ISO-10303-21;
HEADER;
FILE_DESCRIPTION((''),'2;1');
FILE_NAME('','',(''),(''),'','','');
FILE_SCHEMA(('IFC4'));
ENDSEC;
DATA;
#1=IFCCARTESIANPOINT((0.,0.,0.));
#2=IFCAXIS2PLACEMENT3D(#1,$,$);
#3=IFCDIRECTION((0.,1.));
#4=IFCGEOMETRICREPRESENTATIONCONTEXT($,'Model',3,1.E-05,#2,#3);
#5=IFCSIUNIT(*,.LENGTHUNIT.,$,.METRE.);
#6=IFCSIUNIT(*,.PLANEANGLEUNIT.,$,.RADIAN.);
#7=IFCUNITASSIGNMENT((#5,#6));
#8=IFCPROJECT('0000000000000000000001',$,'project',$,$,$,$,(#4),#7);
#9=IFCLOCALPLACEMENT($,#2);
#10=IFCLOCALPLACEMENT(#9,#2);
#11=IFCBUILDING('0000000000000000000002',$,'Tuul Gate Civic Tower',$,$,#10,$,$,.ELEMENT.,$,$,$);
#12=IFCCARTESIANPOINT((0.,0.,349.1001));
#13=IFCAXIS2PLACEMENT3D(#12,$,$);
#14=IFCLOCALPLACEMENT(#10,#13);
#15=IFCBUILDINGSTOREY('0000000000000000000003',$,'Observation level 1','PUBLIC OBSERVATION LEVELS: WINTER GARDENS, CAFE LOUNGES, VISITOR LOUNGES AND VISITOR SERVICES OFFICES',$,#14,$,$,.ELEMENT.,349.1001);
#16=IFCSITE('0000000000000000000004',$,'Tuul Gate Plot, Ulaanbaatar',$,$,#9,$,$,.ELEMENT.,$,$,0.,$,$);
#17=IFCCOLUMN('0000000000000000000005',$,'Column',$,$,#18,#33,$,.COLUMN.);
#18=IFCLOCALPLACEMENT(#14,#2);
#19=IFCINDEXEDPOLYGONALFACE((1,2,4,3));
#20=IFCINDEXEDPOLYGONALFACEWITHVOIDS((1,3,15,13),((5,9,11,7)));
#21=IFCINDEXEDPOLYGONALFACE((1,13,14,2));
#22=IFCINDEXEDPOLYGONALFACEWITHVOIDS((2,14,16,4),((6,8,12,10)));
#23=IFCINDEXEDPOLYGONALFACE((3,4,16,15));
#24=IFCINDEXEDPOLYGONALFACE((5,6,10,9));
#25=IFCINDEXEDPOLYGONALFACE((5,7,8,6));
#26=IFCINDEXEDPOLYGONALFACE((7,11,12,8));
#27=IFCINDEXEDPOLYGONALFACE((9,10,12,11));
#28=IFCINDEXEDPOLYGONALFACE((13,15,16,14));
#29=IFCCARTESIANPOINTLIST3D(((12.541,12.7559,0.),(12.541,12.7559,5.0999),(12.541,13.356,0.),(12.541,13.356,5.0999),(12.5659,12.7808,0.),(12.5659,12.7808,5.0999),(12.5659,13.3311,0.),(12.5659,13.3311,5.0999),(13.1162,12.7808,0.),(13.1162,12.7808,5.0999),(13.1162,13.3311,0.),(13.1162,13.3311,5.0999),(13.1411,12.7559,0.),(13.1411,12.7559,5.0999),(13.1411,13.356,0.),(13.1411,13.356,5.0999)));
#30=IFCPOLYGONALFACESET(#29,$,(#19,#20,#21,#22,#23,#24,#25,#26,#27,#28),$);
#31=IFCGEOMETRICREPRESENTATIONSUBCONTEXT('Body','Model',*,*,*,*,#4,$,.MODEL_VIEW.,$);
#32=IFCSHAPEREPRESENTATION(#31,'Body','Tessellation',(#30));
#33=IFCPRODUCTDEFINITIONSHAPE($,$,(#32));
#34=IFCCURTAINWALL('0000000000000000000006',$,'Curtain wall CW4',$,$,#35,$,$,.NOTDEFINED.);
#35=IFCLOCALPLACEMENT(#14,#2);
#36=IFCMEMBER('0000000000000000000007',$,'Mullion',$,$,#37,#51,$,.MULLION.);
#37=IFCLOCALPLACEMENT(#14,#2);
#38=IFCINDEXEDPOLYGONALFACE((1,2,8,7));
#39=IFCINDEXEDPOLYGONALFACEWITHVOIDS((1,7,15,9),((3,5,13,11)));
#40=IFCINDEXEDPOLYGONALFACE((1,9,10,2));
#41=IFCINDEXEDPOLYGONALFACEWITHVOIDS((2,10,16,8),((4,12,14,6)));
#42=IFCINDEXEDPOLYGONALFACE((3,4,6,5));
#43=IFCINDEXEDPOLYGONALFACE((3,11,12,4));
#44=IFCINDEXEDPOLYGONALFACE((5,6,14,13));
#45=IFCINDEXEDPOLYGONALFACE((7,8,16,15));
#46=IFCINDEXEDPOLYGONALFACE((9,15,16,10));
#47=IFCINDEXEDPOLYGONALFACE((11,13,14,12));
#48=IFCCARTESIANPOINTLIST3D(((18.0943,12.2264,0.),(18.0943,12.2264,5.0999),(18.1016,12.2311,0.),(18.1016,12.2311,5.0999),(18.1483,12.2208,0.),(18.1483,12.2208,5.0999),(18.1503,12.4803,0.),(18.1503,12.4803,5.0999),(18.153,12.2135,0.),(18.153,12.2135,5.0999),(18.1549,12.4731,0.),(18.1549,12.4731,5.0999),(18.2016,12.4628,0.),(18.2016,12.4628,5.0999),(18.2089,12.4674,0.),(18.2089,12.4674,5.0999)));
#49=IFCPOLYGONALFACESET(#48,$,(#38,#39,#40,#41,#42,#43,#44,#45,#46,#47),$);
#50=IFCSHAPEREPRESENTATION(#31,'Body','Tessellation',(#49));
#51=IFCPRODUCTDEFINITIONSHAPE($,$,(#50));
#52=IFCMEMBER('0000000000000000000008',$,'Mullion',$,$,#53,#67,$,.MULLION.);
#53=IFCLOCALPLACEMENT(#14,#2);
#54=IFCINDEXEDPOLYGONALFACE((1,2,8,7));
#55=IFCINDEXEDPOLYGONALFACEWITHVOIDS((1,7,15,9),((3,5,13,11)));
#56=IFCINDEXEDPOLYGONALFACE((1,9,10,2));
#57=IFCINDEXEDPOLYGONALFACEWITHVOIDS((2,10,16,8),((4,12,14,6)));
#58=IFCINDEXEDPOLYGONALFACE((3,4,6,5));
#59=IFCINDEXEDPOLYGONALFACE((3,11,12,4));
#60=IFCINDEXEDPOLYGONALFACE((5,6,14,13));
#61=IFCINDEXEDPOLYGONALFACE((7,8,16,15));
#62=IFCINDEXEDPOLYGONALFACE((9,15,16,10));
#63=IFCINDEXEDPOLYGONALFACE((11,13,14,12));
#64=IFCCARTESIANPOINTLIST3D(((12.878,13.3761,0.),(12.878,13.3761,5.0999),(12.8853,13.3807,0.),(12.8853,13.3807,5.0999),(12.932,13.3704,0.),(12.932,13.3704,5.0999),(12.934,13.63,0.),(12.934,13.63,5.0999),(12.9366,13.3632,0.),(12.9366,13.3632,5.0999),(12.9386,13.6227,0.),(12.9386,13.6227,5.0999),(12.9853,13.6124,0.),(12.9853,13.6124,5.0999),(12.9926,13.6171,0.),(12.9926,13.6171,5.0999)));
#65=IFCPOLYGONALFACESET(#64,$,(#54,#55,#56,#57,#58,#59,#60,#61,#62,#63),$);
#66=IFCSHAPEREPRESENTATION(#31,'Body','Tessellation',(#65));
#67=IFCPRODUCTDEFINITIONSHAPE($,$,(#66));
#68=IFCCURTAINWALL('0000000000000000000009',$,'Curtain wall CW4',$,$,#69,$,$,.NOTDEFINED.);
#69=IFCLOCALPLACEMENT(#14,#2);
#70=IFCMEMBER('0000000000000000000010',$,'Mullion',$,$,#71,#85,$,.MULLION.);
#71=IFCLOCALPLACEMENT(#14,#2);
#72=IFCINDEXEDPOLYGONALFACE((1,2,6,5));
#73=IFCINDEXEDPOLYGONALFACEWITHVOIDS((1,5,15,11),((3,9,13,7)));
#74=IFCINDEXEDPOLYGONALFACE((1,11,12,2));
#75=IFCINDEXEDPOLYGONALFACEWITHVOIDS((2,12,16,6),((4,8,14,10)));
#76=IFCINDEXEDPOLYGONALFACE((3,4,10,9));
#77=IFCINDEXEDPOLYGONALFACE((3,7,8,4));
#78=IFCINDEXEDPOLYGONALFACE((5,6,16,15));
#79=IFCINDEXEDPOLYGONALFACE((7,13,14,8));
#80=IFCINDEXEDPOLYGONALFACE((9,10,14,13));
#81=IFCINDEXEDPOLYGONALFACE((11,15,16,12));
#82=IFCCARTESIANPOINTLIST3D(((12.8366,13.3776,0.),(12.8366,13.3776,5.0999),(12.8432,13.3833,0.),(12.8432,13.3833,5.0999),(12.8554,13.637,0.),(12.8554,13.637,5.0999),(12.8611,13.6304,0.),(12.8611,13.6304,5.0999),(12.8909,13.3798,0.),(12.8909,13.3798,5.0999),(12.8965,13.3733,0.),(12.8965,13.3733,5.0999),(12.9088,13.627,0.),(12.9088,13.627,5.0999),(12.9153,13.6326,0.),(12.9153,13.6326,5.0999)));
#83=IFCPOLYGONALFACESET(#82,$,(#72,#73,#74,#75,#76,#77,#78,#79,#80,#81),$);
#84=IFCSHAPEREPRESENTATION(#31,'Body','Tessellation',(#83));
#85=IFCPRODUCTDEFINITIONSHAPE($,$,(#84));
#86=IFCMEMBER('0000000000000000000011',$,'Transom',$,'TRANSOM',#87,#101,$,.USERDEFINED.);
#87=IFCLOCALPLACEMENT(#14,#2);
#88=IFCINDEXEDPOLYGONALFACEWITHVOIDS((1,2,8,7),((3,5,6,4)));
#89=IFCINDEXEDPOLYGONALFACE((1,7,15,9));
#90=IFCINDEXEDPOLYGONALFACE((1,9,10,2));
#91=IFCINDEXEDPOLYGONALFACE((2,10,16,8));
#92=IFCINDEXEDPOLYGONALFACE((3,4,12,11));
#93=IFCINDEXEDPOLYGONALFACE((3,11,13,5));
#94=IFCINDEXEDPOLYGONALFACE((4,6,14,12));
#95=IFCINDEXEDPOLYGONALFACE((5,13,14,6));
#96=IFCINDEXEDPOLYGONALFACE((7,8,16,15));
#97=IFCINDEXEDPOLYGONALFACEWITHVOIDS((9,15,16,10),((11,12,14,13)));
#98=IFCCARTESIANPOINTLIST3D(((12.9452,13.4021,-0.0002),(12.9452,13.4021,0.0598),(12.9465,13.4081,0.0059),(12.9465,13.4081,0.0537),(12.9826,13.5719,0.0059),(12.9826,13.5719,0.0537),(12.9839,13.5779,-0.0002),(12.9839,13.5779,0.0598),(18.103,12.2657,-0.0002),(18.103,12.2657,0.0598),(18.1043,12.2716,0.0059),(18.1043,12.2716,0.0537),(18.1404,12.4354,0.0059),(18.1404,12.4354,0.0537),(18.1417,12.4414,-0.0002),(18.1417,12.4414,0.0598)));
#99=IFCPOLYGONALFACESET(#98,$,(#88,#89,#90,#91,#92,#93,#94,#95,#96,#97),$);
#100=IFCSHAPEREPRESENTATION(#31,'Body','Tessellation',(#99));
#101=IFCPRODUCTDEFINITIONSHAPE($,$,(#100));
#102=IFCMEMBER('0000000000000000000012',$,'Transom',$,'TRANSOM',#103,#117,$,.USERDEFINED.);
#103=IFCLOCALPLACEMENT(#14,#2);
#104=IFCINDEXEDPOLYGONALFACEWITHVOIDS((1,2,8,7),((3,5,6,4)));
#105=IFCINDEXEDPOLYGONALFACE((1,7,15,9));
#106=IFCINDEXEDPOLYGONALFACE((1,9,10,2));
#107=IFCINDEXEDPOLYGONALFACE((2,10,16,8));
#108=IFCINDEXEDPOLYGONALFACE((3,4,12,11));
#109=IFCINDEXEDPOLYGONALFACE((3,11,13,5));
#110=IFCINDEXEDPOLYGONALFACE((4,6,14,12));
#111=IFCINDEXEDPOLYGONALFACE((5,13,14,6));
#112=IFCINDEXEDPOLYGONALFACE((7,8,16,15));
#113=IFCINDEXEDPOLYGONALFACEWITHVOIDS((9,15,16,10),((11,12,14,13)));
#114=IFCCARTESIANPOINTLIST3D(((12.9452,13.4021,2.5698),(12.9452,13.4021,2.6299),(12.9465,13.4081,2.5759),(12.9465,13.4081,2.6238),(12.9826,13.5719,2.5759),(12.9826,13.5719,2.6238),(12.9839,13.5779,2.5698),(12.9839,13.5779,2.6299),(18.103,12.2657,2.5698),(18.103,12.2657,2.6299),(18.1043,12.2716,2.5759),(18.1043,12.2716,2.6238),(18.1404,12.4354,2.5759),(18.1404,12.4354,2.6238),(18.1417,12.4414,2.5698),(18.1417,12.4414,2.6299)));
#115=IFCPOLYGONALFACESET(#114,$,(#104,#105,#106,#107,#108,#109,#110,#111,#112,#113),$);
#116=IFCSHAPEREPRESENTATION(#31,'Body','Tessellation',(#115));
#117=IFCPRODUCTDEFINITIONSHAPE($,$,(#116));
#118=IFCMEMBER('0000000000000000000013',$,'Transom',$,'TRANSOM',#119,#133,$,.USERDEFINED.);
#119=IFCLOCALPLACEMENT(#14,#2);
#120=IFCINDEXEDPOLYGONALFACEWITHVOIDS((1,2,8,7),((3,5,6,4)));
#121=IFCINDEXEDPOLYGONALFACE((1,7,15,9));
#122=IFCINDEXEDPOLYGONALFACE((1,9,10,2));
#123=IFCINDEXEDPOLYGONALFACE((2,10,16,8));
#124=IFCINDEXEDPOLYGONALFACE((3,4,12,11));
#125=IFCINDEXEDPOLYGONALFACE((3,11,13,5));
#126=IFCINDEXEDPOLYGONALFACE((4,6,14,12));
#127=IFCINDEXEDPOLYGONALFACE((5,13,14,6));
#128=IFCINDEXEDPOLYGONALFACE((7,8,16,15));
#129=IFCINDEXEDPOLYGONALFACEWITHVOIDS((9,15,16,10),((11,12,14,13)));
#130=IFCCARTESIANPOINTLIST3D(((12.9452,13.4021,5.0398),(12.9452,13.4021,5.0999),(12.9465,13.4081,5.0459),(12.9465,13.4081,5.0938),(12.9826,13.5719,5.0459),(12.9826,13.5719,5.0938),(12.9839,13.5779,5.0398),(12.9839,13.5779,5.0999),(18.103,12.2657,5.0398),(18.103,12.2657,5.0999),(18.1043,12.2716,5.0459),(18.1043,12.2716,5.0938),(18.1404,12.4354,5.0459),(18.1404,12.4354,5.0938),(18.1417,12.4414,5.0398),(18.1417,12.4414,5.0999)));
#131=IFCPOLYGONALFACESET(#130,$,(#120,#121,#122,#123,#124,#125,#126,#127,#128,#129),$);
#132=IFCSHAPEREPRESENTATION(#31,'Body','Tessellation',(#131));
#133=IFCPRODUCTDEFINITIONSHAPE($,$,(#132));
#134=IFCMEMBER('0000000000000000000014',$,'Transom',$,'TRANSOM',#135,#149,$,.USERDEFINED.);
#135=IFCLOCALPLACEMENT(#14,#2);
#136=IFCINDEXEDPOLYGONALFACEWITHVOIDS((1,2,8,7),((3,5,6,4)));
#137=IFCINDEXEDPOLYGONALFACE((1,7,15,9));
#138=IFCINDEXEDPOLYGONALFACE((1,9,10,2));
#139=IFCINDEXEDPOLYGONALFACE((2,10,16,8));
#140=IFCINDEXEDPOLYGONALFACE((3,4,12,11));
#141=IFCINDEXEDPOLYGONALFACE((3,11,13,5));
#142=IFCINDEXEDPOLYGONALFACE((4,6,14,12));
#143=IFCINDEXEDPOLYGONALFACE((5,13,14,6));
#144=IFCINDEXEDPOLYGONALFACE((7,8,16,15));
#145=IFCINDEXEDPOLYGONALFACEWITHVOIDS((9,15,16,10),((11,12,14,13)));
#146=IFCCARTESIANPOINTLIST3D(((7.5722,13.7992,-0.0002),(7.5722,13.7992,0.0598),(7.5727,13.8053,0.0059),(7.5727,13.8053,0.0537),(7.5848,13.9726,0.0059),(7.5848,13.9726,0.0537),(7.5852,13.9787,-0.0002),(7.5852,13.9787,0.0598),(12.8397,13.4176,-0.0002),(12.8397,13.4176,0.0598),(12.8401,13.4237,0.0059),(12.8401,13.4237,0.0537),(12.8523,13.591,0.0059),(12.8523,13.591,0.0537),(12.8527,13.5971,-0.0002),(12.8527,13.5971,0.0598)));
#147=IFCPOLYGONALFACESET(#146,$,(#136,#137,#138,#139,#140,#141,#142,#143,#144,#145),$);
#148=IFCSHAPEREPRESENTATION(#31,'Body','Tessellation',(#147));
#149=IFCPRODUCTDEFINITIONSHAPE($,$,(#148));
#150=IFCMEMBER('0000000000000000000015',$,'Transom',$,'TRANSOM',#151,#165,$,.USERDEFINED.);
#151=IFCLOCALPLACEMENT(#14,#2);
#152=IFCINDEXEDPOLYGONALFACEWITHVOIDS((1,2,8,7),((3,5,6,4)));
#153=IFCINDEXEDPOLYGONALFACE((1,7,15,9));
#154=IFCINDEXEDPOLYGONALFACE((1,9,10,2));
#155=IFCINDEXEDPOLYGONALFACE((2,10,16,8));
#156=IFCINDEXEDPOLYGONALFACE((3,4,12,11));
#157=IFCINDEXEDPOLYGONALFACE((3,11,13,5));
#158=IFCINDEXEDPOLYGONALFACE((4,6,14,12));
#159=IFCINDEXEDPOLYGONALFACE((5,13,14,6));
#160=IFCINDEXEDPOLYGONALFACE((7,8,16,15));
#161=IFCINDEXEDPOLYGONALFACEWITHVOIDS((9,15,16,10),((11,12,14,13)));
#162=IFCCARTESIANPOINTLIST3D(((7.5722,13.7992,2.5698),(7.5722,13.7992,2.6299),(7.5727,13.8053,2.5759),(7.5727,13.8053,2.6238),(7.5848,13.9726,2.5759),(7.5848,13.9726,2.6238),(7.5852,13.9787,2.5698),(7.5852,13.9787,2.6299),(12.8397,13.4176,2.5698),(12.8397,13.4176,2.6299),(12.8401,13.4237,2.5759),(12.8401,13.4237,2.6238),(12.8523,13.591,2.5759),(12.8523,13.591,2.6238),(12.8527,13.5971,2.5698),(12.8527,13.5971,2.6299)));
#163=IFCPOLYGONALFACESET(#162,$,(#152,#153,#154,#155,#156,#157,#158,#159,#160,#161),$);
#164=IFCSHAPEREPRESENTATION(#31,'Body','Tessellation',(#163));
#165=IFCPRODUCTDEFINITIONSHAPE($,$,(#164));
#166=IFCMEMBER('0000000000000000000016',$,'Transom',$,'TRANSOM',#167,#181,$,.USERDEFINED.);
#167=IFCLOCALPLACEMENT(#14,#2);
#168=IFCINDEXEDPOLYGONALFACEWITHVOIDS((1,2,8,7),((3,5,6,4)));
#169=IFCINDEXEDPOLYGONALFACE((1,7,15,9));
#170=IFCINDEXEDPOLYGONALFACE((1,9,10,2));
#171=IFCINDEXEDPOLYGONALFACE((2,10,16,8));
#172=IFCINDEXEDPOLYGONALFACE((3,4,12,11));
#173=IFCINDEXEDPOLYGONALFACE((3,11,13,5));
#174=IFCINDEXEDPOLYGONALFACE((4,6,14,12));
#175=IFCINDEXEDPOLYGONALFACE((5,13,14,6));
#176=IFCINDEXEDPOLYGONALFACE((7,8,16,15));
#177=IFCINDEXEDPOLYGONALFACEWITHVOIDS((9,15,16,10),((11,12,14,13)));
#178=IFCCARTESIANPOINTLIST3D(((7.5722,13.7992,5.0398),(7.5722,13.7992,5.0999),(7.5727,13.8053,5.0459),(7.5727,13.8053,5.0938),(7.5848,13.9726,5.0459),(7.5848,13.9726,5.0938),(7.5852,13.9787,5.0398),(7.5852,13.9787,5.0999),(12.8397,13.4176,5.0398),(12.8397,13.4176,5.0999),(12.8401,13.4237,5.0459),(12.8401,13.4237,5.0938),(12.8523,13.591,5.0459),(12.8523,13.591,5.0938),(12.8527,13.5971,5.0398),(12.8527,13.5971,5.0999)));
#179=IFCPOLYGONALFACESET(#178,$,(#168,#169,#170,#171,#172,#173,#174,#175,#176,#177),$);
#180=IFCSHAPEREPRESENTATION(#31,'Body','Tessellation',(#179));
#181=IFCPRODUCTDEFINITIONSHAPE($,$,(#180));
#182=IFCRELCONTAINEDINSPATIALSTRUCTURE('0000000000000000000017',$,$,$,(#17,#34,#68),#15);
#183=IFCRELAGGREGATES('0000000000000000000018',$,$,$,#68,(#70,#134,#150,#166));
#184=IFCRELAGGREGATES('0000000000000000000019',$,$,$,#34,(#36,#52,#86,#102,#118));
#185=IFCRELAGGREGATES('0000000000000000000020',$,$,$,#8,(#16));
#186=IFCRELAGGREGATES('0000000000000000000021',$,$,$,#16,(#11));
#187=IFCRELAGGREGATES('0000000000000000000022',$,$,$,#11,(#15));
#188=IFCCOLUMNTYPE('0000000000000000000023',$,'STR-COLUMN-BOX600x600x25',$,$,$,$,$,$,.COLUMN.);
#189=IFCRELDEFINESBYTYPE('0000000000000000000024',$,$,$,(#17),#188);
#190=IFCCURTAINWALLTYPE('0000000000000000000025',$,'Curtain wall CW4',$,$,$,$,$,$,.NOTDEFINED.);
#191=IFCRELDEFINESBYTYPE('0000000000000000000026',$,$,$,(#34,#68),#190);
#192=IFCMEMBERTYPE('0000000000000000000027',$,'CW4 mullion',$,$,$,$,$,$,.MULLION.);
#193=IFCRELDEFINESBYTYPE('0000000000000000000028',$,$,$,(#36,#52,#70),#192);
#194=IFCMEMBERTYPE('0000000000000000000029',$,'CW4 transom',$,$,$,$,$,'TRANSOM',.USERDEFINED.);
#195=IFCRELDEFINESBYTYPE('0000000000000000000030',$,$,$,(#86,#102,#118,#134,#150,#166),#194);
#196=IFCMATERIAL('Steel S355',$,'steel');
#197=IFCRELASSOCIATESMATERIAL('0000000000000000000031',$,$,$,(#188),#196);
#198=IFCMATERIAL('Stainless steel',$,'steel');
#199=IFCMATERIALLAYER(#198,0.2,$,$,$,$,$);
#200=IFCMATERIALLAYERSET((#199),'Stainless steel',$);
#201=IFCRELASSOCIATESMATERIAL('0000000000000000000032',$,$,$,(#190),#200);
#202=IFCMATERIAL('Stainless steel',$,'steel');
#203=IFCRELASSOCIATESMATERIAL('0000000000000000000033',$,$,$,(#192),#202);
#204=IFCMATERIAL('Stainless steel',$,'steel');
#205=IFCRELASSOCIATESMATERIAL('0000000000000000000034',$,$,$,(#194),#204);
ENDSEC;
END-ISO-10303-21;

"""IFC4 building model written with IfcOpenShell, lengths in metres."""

from ifc_helpers import new_model, si_unit, direction, frame, origin, origin_2d, place, context, subcontext, project, spatial, hollow_rectangle, extrude, material, layer, layer_set, material_profile, profile_set, type_object, element, aggregate, save


model = new_model("IFC4")

# Units and contexts
model_context = context("Model", 3, precision=1e-05, world=origin(), true_north=direction((0.0, 1.0)))
body_context = subcontext(model_context, "Body", "Model", "MODEL_VIEW")
ifc_project = project(units=[si_unit("LENGTHUNIT", "METRE"), si_unit("PLANEANGLEUNIT", "RADIAN")], contexts=[model_context])

# Site, building, storey
site_placement = place(None, origin())
site = spatial("IfcSite", under=ifc_project, at=site_placement, Name="Tuul Gate Plot, Ulaanbaatar", CompositionType="ELEMENT", RefElevation=0.0)
building_placement = place(site_placement, origin())
building = spatial("IfcBuilding", under=site, at=building_placement, Name="Tuul Gate Civic Tower", CompositionType="ELEMENT")
storey_placement = place(building_placement, frame((0.0, 0.0, 349.1001)))
storey = spatial("IfcBuildingStorey", under=building, at=storey_placement, Name="Observation level 1", Description="PUBLIC OBSERVATION LEVELS: WINTER GARDENS, CAFE LOUNGES, VISITOR LOUNGES AND VISITOR SERVICES OFFICES", CompositionType="ELEMENT", Elevation=349.1001)

# Column
ifc_material_1 = material(Name="Steel S355", Category="steel")
ifc_material_profile_1 = material_profile(ifc_material_1, hollow_rectangle(XDim=0.6001, YDim=0.6001, WallThickness=0.0249, at=origin_2d()), Name="BOX600x600x25")
ifc_profile_set_1 = profile_set([ifc_material_profile_1], Name="Steel S355")
column_type = type_object("IfcColumnType", Name="STR-COLUMN-BOX600x600x25", PredefinedType="COLUMN", material=ifc_profile_set_1)
column_placement = place(storey_placement, frame((12.8411, 13.0559, 0.0), z_axis=(0.0, 0.0, 1.0), x_axis=(1.0, 0.0, 0.0)))
element("IfcColumn", 1, at=column_placement, inside=storey, type_object=column_type, Name="Column", PredefinedType="COLUMN", context=body_context, shape_type="SweptSolid", body=[
    extrude(hollow_rectangle(XDim=0.6001, YDim=0.6001, WallThickness=0.0249, at=origin_2d()), origin(), (0.0, 0.0, 1.0), 5.0999),
])

# Curtain wall, members
ifc_material_2 = material(Name="Stainless steel", Category="steel")
ifc_layer_1 = layer(ifc_material_2, 0.2)
ifc_layer_set_1 = layer_set([ifc_layer_1], Name="Stainless steel")
curtain_wall_type = type_object("IfcCurtainWallType", Name="Curtain wall CW4", PredefinedType="NOTDEFINED", material=ifc_layer_set_1)
curtain_wall_1_placement = place(storey_placement, origin())
curtain_wall_1 = element("IfcCurtainWall", 2, at=curtain_wall_1_placement, inside=storey, type_object=curtain_wall_type, Name="Curtain wall CW4", PredefinedType="NOTDEFINED")
ifc_material_3 = material(Name="Stainless steel", Category="steel")
ifc_material_profile_2 = material_profile(ifc_material_3, hollow_rectangle(XDim=0.26, YDim=0.0601, WallThickness=0.0061, at=origin_2d()), Name="CW4 mullion")
ifc_profile_set_2 = profile_set([ifc_material_profile_2], Name="Stainless steel")
member_type_1 = type_object("IfcMemberType", Name="CW4 mullion", PredefinedType="MULLION", material=ifc_profile_set_2)
member_1_placement = place(storey_placement, frame((18.1516, 12.3469, 0.0), z_axis=(0.0, 0.0, 1.0), x_axis=(-0.215215, -0.976567, 0.0)))
member_1 = element("IfcMember", 3, at=member_1_placement, type_object=member_type_1, Name="Mullion", PredefinedType="MULLION", context=body_context, shape_type="SweptSolid", body=[
    extrude(hollow_rectangle(XDim=0.26, YDim=0.0601, WallThickness=0.0061, at=origin_2d()), origin(), (0.0, 0.0, 1.0), 5.0999),
])
member_2_placement = place(storey_placement, frame((12.9353, 13.4966, 0.0), z_axis=(0.0, 0.0, 1.0), x_axis=(-0.215215, -0.976567, 0.0)))
member_2 = element("IfcMember", 4, at=member_2_placement, type_object=member_type_1, Name="Mullion", PredefinedType="MULLION", context=body_context, shape_type="SweptSolid", body=[
    extrude(hollow_rectangle(XDim=0.26, YDim=0.0601, WallThickness=0.0061, at=origin_2d()), origin(), (0.0, 0.0, 1.0), 5.0999),
])

# Curtain wall, member
curtain_wall_2_placement = place(storey_placement, origin())
curtain_wall_2 = element("IfcCurtainWall", 5, at=curtain_wall_2_placement, inside=storey, type_object=curtain_wall_type, Name="Curtain wall CW4", PredefinedType="NOTDEFINED")
member_3_placement = place(storey_placement, frame((12.876, 13.5051, 0.0), z_axis=(0.0, 0.0, 1.0), x_axis=(-0.072239, -0.997387, 0.0)))
member_3 = element("IfcMember", 6, at=member_3_placement, type_object=member_type_1, Name="Mullion", PredefinedType="MULLION", context=body_context, shape_type="SweptSolid", body=[
    extrude(hollow_rectangle(XDim=0.26, YDim=0.0601, WallThickness=0.0061, at=origin_2d()), origin(), (0.0, 0.0, 1.0), 5.0999),
])

# Members
ifc_material_4 = material(Name="Stainless steel", Category="steel")
ifc_material_profile_3 = material_profile(ifc_material_4, hollow_rectangle(XDim=0.1799, YDim=0.0601, WallThickness=0.0061, at=origin_2d()), Name="CW4 transom")
ifc_profile_set_3 = profile_set([ifc_material_profile_3], Name="Stainless steel")
member_type_2 = type_object("IfcMemberType", Name="CW4 transom", ElementType="TRANSOM", PredefinedType="USERDEFINED", material=ifc_profile_set_3)
member_4_placement = place(storey_placement, frame((18.1223, 12.3535, 0.0298), z_axis=(-0.976574, 0.215183, 0.0), x_axis=(-0.215183, -0.976574, 0.0)))
member_4 = element("IfcMember", 7, at=member_4_placement, type_object=member_type_2, Name="Transom", ObjectType="TRANSOM", PredefinedType="USERDEFINED", context=body_context, shape_type="SweptSolid", body=[
    extrude(hollow_rectangle(XDim=0.1799, YDim=0.0601, WallThickness=0.0061, at=origin_2d()), origin(), (0.0, 0.0, 1.0), 5.2815),
])
member_5_placement = place(storey_placement, frame((18.1223, 12.3535, 2.5999), z_axis=(-0.976574, 0.215183, 0.0), x_axis=(-0.215183, -0.976574, 0.0)))
member_5 = element("IfcMember", 8, at=member_5_placement, type_object=member_type_2, Name="Transom", ObjectType="TRANSOM", PredefinedType="USERDEFINED", context=body_context, shape_type="SweptSolid", body=[
    extrude(hollow_rectangle(XDim=0.1799, YDim=0.0601, WallThickness=0.0061, at=origin_2d()), origin(), (0.0, 0.0, 1.0), 5.2815),
])
member_6_placement = place(storey_placement, frame((18.1223, 12.3535, 5.0698), z_axis=(-0.976574, 0.215183, 0.0), x_axis=(-0.215183, -0.976574, 0.0)))
member_6 = element("IfcMember", 9, at=member_6_placement, type_object=member_type_2, Name="Transom", ObjectType="TRANSOM", PredefinedType="USERDEFINED", context=body_context, shape_type="SweptSolid", body=[
    extrude(hollow_rectangle(XDim=0.1799, YDim=0.0601, WallThickness=0.0061, at=origin_2d()), origin(), (0.0, 0.0, 1.0), 5.2815),
])
member_7_placement = place(storey_placement, frame((12.8462, 13.5073, 0.0298), z_axis=(-0.997386, 0.072256, 0.0), x_axis=(-0.072256, -0.997386, 0.0)))
member_7 = element("IfcMember", 10, at=member_7_placement, type_object=member_type_2, Name="Transom", ObjectType="TRANSOM", PredefinedType="USERDEFINED", context=body_context, shape_type="SweptSolid", body=[
    extrude(hollow_rectangle(XDim=0.1799, YDim=0.0601, WallThickness=0.0061, at=origin_2d()), origin(), (0.0, 0.0, 1.0), 5.2812),
])
member_8_placement = place(storey_placement, frame((12.8462, 13.5073, 2.5999), z_axis=(-0.997386, 0.072256, 0.0), x_axis=(-0.072256, -0.997386, 0.0)))
member_8 = element("IfcMember", 11, at=member_8_placement, type_object=member_type_2, Name="Transom", ObjectType="TRANSOM", PredefinedType="USERDEFINED", context=body_context, shape_type="SweptSolid", body=[
    extrude(hollow_rectangle(XDim=0.1799, YDim=0.0601, WallThickness=0.0061, at=origin_2d()), origin(), (0.0, 0.0, 1.0), 5.2812),
])
member_9_placement = place(storey_placement, frame((12.8462, 13.5073, 5.0698), z_axis=(-0.997386, 0.072256, 0.0), x_axis=(-0.072256, -0.997386, 0.0)))
member_9 = element("IfcMember", 12, at=member_9_placement, type_object=member_type_2, Name="Transom", ObjectType="TRANSOM", PredefinedType="USERDEFINED", context=body_context, shape_type="SweptSolid", body=[
    extrude(hollow_rectangle(XDim=0.1799, YDim=0.0601, WallThickness=0.0061, at=origin_2d()), origin(), (0.0, 0.0, 1.0), 5.2812),
])
aggregate(curtain_wall_2, [member_3, member_7, member_8, member_9])

aggregate(curtain_wall_1, [member_1, member_2, member_4, member_5, member_6])

save(model, "model.ifc")
